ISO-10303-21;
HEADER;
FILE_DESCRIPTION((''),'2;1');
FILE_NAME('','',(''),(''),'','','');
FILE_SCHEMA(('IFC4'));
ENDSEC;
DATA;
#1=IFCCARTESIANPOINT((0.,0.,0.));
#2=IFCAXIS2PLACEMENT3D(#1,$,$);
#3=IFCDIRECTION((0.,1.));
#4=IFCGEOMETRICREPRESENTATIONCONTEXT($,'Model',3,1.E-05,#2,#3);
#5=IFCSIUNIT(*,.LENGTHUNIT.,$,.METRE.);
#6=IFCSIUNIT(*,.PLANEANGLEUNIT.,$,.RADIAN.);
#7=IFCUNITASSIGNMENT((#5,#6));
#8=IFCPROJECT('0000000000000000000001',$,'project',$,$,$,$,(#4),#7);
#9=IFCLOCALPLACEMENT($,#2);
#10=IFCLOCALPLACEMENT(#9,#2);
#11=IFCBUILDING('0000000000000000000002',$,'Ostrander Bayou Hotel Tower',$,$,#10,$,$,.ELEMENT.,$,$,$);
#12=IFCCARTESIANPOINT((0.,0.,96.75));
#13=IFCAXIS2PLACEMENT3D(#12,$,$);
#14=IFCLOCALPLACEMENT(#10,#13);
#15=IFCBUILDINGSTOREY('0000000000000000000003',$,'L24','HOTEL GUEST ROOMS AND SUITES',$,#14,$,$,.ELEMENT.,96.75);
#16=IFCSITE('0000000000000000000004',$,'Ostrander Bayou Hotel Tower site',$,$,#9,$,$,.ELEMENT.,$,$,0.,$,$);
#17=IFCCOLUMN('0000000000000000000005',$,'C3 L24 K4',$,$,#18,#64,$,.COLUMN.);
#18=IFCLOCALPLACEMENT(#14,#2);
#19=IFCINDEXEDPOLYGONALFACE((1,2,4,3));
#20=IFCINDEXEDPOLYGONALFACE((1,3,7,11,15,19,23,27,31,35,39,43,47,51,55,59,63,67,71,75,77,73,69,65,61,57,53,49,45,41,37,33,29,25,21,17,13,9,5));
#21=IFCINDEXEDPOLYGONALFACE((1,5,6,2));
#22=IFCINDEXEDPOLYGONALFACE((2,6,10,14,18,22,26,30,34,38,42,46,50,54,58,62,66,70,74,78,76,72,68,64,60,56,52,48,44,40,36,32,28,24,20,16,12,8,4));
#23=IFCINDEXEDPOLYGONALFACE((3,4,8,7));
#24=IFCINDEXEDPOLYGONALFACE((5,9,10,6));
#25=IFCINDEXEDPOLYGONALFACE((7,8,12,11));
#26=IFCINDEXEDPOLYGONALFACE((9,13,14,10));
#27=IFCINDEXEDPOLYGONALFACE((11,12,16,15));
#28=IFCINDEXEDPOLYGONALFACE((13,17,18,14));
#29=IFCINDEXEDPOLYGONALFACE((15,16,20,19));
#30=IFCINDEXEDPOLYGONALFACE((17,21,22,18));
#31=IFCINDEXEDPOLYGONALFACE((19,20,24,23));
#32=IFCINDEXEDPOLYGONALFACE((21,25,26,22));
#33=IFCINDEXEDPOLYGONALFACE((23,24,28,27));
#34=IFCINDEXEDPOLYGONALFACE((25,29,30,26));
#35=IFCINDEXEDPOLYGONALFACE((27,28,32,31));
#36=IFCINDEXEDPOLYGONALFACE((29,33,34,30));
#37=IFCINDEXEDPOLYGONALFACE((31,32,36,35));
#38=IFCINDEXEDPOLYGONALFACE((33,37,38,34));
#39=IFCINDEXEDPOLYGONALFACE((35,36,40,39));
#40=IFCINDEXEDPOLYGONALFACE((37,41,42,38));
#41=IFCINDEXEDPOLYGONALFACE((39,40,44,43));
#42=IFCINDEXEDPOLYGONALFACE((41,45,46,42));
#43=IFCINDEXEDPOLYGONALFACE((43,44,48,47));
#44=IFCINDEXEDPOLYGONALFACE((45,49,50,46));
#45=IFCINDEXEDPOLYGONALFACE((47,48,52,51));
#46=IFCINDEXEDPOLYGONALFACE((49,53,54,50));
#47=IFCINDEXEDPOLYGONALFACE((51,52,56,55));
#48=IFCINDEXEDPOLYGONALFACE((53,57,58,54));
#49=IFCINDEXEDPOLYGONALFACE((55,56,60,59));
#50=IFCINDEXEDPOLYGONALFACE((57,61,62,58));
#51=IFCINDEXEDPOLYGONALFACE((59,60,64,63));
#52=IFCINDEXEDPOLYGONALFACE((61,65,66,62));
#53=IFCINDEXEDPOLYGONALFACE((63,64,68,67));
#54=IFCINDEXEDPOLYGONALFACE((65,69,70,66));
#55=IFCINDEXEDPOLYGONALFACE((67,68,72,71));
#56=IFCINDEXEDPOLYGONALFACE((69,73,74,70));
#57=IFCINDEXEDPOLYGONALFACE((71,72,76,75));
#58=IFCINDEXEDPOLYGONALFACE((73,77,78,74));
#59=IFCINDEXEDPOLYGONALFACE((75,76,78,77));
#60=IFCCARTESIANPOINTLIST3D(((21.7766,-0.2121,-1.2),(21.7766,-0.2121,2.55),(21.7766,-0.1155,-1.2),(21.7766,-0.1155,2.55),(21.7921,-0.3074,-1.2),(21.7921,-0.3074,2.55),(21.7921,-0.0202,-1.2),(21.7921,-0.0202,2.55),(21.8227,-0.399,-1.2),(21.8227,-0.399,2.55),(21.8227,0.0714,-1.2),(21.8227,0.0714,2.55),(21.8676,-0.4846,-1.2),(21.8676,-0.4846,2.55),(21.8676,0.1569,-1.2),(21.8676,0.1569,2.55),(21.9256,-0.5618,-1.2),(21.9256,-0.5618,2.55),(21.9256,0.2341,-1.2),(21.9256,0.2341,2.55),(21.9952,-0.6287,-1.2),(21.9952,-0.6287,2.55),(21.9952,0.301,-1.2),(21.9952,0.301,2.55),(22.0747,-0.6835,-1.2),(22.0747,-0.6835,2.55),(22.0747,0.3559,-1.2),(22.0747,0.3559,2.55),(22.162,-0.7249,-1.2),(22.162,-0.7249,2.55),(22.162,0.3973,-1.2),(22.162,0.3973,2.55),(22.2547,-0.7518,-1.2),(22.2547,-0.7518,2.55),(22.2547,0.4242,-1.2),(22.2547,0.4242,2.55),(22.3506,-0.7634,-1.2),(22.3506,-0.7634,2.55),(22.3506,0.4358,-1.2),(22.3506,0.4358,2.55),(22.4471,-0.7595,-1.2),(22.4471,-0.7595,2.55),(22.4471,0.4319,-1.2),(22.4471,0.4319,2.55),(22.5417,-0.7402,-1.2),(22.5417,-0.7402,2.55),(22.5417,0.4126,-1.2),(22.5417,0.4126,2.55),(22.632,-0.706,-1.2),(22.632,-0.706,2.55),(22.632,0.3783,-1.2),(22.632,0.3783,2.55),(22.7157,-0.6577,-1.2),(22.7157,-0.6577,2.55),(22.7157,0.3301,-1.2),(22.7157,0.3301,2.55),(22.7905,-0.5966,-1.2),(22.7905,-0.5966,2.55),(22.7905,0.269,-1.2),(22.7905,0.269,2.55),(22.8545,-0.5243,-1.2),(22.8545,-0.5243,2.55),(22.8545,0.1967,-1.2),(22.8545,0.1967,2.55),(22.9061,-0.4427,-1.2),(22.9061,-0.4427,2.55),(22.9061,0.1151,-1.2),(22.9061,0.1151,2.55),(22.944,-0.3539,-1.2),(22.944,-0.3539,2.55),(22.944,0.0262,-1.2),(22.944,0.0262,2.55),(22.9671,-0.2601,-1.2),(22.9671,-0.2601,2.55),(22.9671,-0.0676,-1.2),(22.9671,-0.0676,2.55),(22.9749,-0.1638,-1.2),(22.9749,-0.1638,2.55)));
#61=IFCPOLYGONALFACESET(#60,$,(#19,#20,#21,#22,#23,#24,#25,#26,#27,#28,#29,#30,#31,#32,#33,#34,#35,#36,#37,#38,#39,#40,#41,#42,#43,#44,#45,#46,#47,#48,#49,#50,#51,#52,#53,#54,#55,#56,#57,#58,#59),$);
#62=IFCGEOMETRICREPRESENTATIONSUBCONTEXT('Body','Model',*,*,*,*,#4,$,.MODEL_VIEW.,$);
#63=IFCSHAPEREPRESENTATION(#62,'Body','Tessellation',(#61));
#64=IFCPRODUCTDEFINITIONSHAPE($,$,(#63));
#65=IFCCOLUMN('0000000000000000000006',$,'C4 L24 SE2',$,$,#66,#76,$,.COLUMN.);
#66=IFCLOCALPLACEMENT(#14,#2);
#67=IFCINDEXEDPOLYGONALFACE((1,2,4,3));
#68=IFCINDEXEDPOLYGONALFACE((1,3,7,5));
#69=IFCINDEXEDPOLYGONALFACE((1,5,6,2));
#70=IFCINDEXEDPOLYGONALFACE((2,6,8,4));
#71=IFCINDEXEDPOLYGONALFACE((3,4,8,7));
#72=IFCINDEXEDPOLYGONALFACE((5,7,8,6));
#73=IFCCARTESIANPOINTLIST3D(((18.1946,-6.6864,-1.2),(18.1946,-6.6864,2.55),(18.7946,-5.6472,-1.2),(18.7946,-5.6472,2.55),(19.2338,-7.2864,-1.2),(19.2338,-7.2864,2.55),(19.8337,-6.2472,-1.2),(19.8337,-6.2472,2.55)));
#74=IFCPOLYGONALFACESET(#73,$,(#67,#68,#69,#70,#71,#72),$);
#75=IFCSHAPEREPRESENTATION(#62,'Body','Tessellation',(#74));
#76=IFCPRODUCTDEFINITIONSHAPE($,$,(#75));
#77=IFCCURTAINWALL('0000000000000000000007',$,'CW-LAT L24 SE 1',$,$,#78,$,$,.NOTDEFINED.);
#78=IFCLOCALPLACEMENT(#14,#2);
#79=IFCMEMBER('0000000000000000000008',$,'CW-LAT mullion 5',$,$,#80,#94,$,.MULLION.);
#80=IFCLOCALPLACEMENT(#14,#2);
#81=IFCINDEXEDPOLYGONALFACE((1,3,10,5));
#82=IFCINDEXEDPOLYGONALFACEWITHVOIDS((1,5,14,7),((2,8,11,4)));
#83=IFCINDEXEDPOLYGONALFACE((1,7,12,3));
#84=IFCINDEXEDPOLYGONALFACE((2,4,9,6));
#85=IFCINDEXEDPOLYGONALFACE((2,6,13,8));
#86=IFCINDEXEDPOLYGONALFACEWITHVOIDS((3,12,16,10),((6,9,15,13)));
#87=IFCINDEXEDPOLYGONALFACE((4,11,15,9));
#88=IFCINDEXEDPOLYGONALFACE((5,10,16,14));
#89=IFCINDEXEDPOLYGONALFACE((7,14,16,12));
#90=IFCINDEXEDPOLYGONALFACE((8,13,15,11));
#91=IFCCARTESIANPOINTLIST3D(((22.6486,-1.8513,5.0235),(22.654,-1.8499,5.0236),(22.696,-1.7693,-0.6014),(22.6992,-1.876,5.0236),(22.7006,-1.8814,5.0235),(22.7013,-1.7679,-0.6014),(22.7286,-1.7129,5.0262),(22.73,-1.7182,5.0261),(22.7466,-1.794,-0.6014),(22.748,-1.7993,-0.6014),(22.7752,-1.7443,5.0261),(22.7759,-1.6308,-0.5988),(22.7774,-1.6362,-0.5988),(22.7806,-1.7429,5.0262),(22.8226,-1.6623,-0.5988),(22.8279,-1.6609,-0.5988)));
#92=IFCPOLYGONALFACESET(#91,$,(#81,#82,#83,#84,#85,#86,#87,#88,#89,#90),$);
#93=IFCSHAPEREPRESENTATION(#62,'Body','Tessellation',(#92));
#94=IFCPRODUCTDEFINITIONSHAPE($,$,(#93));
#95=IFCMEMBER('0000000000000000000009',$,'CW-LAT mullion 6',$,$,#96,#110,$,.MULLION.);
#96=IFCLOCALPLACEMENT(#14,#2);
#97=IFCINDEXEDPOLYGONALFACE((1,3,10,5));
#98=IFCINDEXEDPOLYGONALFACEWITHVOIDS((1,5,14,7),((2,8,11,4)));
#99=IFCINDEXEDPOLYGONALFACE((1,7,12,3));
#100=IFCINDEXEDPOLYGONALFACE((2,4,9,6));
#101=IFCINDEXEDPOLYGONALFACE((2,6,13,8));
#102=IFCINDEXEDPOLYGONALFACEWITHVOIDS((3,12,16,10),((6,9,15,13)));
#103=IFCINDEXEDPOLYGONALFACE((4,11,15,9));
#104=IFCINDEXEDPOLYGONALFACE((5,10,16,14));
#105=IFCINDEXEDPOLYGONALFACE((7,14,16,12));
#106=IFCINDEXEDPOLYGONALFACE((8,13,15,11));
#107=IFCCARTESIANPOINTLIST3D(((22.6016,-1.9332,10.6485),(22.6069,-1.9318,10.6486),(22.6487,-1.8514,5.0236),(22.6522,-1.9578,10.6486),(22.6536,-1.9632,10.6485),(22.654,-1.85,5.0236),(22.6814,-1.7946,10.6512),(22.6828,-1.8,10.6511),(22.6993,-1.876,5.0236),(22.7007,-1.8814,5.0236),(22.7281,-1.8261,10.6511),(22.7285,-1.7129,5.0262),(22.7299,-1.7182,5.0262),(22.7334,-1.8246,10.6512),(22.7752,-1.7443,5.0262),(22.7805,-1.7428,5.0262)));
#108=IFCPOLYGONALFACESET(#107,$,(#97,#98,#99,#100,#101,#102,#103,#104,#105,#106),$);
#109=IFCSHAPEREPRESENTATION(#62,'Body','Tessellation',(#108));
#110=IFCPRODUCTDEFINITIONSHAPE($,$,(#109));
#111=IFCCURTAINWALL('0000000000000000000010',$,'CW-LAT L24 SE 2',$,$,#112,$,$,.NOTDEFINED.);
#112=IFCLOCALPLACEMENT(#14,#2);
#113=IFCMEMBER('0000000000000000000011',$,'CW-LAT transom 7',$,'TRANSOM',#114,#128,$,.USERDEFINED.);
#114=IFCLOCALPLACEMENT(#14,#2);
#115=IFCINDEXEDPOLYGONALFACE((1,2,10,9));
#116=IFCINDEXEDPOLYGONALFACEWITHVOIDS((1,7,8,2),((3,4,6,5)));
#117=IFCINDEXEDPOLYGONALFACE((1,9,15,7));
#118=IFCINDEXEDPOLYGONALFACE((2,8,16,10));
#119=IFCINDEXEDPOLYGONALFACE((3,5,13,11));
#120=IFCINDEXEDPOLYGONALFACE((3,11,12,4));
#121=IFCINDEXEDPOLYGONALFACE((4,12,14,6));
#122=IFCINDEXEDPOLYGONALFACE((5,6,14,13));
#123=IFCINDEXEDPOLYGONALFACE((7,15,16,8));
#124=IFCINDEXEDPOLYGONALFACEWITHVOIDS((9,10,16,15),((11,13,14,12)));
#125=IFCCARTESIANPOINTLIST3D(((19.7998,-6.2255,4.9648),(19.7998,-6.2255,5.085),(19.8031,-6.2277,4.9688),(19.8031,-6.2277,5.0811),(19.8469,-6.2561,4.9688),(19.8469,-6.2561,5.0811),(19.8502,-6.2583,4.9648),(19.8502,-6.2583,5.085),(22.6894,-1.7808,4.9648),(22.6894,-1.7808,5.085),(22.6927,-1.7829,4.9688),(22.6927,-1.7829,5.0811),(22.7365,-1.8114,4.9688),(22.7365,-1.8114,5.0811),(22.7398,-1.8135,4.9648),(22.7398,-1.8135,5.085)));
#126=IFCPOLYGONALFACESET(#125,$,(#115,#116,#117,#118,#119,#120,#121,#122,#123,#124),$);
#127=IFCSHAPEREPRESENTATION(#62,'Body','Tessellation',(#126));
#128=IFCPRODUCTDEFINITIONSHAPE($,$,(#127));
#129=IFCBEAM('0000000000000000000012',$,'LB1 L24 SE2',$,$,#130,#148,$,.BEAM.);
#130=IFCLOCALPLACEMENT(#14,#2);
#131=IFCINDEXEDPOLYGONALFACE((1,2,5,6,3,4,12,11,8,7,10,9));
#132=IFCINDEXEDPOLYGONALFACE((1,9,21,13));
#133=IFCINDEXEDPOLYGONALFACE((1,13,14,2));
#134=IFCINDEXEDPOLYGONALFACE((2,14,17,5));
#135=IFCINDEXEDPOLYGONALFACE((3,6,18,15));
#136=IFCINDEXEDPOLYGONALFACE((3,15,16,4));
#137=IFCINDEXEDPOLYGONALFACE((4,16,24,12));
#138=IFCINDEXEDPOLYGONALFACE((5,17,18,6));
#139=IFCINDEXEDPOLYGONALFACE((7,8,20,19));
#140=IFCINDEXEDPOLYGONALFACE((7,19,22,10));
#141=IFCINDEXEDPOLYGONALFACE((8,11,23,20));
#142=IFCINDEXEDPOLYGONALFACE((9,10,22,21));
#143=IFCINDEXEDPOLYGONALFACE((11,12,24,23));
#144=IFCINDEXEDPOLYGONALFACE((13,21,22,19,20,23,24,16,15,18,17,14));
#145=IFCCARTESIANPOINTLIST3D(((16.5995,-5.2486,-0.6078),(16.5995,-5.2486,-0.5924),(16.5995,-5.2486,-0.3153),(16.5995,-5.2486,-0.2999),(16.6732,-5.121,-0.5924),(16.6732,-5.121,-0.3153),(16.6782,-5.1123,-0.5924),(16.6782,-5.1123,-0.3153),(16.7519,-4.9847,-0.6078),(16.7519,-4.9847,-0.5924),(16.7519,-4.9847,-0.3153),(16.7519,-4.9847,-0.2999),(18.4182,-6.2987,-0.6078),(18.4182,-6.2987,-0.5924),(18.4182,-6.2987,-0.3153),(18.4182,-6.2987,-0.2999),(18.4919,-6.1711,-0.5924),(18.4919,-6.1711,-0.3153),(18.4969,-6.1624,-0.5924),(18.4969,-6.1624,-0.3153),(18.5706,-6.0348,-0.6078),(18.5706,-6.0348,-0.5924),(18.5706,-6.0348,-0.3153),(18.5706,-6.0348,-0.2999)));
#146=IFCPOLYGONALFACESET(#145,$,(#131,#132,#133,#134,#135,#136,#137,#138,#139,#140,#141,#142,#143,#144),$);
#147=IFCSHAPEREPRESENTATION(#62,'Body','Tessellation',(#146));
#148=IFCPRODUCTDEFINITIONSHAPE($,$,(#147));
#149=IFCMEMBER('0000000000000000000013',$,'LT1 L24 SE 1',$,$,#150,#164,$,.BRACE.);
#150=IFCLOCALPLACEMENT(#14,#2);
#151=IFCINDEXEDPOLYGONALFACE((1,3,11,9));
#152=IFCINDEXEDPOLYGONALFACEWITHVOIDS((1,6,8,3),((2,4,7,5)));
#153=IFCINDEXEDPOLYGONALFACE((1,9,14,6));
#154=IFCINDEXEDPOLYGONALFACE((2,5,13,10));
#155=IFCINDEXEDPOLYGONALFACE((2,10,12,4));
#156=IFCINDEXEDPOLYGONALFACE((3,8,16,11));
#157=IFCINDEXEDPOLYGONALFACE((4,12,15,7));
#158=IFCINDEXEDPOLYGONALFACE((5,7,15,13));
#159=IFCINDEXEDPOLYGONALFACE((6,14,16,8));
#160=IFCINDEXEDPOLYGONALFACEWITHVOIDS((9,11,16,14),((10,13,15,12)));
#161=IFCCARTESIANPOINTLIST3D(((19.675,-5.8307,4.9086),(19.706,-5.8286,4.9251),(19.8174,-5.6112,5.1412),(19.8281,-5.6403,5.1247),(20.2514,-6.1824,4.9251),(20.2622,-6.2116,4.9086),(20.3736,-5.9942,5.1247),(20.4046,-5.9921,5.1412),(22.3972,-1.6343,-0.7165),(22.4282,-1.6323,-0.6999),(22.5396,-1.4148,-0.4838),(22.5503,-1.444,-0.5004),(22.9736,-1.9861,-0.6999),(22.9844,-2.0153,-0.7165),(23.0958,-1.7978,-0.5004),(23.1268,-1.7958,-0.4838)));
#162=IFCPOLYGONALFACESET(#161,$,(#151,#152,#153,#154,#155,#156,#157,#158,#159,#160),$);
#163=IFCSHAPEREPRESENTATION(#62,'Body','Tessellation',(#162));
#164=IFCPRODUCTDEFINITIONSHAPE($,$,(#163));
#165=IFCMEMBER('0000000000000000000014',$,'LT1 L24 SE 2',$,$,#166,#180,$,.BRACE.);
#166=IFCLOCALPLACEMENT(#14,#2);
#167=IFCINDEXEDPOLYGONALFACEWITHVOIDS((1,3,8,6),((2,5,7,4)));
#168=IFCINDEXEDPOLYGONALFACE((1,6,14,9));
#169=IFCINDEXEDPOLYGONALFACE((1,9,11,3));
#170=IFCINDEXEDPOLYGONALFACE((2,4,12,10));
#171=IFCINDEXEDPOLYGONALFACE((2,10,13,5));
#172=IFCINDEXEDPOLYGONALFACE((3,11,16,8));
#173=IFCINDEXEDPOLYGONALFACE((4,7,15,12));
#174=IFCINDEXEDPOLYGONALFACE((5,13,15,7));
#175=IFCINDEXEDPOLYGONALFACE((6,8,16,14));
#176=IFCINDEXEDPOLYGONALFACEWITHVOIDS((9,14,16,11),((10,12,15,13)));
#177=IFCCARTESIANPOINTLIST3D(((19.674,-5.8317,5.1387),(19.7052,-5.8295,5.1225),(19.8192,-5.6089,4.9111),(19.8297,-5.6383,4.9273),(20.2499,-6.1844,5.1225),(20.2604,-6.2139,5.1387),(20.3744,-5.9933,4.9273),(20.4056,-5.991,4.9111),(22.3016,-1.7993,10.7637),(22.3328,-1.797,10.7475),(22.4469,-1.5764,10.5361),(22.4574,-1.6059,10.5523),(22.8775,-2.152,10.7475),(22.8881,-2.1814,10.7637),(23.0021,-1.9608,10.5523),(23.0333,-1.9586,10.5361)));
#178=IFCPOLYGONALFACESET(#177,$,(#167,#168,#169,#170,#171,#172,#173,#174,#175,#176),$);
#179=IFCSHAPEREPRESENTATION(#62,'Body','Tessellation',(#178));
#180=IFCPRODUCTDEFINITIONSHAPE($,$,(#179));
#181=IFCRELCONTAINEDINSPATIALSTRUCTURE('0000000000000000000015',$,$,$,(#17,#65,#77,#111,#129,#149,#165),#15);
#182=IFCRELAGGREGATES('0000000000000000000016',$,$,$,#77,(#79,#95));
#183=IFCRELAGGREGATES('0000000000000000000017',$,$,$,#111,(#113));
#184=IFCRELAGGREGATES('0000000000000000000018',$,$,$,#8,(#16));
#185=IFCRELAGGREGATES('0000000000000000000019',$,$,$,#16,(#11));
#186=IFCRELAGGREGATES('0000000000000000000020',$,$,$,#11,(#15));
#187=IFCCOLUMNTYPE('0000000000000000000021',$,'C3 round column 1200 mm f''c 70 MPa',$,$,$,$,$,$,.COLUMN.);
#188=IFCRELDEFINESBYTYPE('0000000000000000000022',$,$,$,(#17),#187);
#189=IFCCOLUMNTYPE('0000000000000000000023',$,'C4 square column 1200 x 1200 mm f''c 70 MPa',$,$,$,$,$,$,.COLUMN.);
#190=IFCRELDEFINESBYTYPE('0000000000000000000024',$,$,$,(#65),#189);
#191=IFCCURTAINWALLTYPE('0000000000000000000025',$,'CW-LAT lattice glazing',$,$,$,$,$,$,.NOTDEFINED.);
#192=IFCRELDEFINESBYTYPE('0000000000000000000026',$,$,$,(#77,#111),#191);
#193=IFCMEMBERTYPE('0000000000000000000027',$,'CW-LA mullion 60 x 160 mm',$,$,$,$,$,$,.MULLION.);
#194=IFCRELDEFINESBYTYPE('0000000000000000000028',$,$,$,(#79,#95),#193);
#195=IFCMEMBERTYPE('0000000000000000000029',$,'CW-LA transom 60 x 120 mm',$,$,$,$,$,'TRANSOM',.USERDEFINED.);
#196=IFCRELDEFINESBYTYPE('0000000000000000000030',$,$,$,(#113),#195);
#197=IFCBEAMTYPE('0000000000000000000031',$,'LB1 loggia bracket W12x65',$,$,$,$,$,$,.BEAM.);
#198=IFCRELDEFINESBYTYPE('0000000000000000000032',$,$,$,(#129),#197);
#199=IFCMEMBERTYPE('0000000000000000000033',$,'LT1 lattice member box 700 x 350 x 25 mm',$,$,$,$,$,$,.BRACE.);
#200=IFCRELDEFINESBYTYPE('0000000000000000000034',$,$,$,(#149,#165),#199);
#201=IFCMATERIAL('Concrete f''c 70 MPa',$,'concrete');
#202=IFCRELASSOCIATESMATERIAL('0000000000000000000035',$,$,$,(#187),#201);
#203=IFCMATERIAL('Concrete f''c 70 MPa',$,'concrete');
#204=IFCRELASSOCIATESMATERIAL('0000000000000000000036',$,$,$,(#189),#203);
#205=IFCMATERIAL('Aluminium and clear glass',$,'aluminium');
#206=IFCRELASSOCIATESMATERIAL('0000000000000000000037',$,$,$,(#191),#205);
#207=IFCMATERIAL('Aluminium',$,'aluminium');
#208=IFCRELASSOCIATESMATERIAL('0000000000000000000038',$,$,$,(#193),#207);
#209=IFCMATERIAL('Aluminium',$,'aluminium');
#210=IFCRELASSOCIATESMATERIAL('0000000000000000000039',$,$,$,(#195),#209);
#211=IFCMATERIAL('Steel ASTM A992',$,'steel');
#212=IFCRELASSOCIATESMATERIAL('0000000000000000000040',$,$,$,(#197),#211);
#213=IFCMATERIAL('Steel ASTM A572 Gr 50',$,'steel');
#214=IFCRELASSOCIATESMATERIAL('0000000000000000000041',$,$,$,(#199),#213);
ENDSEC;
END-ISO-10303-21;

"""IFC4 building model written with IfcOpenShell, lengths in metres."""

from ifc_helpers import new_model, si_unit, direction, frame, origin, origin_2d, place, context, subcontext, project, spatial, rectangle, hollow_rectangle, circle, i_section, extrude, material, material_profile, profile_set, type_object, element, aggregate, save


model = new_model("IFC4")

# Units and contexts
model_context = context("Model", 3, precision=1e-05, world=origin(), true_north=direction((0.0, 1.0)))
body_context = subcontext(model_context, "Body", "Model", "MODEL_VIEW")
ifc_project = project(units=[si_unit("LENGTHUNIT", "METRE"), si_unit("PLANEANGLEUNIT", "RADIAN")], contexts=[model_context])

# Site, building, storey
site_placement = place(None, origin())
site = spatial("IfcSite", under=ifc_project, at=site_placement, Name="Ostrander Bayou Hotel Tower site", CompositionType="ELEMENT", RefElevation=0.0)
building_placement = place(site_placement, origin())
building = spatial("IfcBuilding", under=site, at=building_placement, Name="Ostrander Bayou Hotel Tower", CompositionType="ELEMENT")
storey_placement = place(building_placement, frame((0.0, 0.0, 96.75)))
storey = spatial("IfcBuildingStorey", under=building, at=storey_placement, Name="L24", Description="HOTEL GUEST ROOMS AND SUITES", CompositionType="ELEMENT", Elevation=96.75)

# Columns
ifc_material_1 = material(Name="Concrete f'c 70 MPa", Category="concrete")
ifc_material_profile_1 = material_profile(ifc_material_1, circle(Radius=0.6001, at=origin_2d()))
ifc_profile_set_1 = profile_set([ifc_material_profile_1], Name="Concrete f'c 70 MPa")
column_type_1 = type_object("IfcColumnType", Name="C3 round column 1200 mm f'c 70 MPa", PredefinedType="COLUMN", material=ifc_profile_set_1)
column_1_placement = place(storey_placement, frame((22.3748, -0.1638, -1.2), z_axis=(0.0, 0.0, 1.0), x_axis=(1.0, 0.0, 0.0)))
element("IfcColumn", 1, at=column_1_placement, inside=storey, type_object=column_type_1, Name="C3 L24 K4", PredefinedType="COLUMN", context=body_context, shape_type="SweptSolid", body=[
    extrude(circle(Radius=0.6001, at=origin_2d()), origin(), (0.0, 0.0, 1.0), 3.75),
])
ifc_material_2 = material(Name="Concrete f'c 70 MPa", Category="concrete")
ifc_material_profile_2 = material_profile(ifc_material_2, rectangle(XDim=1.2, YDim=1.2, at=origin_2d()))
ifc_profile_set_2 = profile_set([ifc_material_profile_2], Name="Concrete f'c 70 MPa")
column_type_2 = type_object("IfcColumnType", Name="C4 square column 1200 x 1200 mm f'c 70 MPa", PredefinedType="COLUMN", material=ifc_profile_set_2)
column_2_placement = place(storey_placement, frame((19.0142, -6.4668, -1.2), z_axis=(0.0, 0.0, 1.0), x_axis=(-0.5, -0.866025, 0.0)))
element("IfcColumn", 2, at=column_2_placement, inside=storey, type_object=column_type_2, Name="C4 L24 SE2", PredefinedType="COLUMN", context=body_context, shape_type="SweptSolid", body=[
    extrude(rectangle(XDim=1.2, YDim=1.2, at=origin_2d()), origin(), (0.0, 0.0, 1.0), 3.75),
])

# Curtain wall, members
ifc_material_3 = material(Name="Aluminium and clear glass", Category="aluminium")
curtain_wall_type = type_object("IfcCurtainWallType", Name="CW-LAT lattice glazing", PredefinedType="NOTDEFINED", material=ifc_material_3)
curtain_wall_1_placement = place(storey_placement, origin())
curtain_wall_1 = element("IfcCurtainWall", 3, at=curtain_wall_1_placement, inside=storey, type_object=curtain_wall_type, Name="CW-LAT L24 SE 1", PredefinedType="NOTDEFINED")
ifc_material_4 = material(Name="Aluminium", Category="aluminium")
ifc_material_profile_3 = material_profile(ifc_material_4, hollow_rectangle(XDim=0.0601, YDim=0.1599, WallThickness=0.0039, at=origin_2d()))
ifc_profile_set_3 = profile_set([ifc_material_profile_3], Name="Aluminium")
member_type_1 = type_object("IfcMemberType", Name="CW-LA mullion 60 x 160 mm", PredefinedType="MULLION", material=ifc_profile_set_3)
member_1_placement = place(storey_placement, frame((22.762, -1.7151, -0.6001), z_axis=(-0.008419, -0.014581, 0.999858), x_axis=(0.866014, -0.50002, 0.0)))
member_1 = element("IfcMember", 4, at=member_1_placement, type_object=member_type_1, Name="CW-LAT mullion 5", PredefinedType="MULLION", context=body_context, shape_type="SweptSolid", body=[
    extrude(hollow_rectangle(XDim=0.0601, YDim=0.1599, WallThickness=0.0039, at=origin_2d()), origin(), (0.0, 0.0, 1.0), 5.6257),
])
member_2_placement = place(storey_placement, frame((22.7146, -1.7971, 5.0249), z_axis=(-0.008376, -0.014538, 0.999859), x_axis=(0.866487, -0.4992, 0.0)))
member_2 = element("IfcMember", 5, at=member_2_placement, type_object=member_type_1, Name="CW-LAT mullion 6", PredefinedType="MULLION", context=body_context, shape_type="SweptSolid", body=[
    extrude(hollow_rectangle(XDim=0.0601, YDim=0.1599, WallThickness=0.0039, at=origin_2d()), origin(), (0.0, 0.0, 1.0), 5.6257),
])

# Curtain wall, member
curtain_wall_2_placement = place(storey_placement, origin())
curtain_wall_2 = element("IfcCurtainWall", 6, at=curtain_wall_2_placement, inside=storey, type_object=curtain_wall_type, Name="CW-LAT L24 SE 2", PredefinedType="NOTDEFINED")
ifc_material_5 = material(Name="Aluminium", Category="aluminium")
ifc_material_profile_4 = material_profile(ifc_material_5, hollow_rectangle(XDim=0.0601, YDim=0.1201, WallThickness=0.0039, at=origin_2d()))
ifc_profile_set_4 = profile_set([ifc_material_profile_4], Name="Aluminium")
member_type_2 = type_object("IfcMemberType", Name="CW-LA transom 60 x 120 mm", ElementType="TRANSOM", PredefinedType="USERDEFINED", material=ifc_profile_set_4)
member_3_placement = place(storey_placement, frame((22.7146, -1.7971, 5.0249), z_axis=(-0.545056, -0.838399, 0.0), x_axis=(0.838399, -0.545056, 0.0)))
member_3 = element("IfcMember", 7, at=member_3_placement, type_object=member_type_2, Name="CW-LAT transom 7", ObjectType="TRANSOM", PredefinedType="USERDEFINED", context=body_context, shape_type="SweptSolid", body=[
    extrude(hollow_rectangle(XDim=0.0601, YDim=0.1201, WallThickness=0.0039, at=origin_2d()), origin(), (0.0, 0.0, 1.0), 5.3015),
])

# Beam
ifc_material_6 = material(Name="Steel ASTM A992", Category="steel")
ifc_material_profile_5 = material_profile(ifc_material_6, i_section(OverallWidth=0.3047, OverallDepth=0.3079, WebThickness=0.01, FlangeThickness=0.0154, at=origin_2d()))
ifc_profile_set_5 = profile_set([ifc_material_profile_5], Name="Steel ASTM A992")
beam_type_1 = type_object("IfcBeamType", Name="LB1 loggia bracket W12x65", PredefinedType="BEAM", material=ifc_profile_set_5)
beam_1_placement = place(storey_placement, frame((18.4944, -6.1667, -0.4539), z_axis=(-0.866009, 0.500028, 0.0), x_axis=(-0.500028, -0.866009, 0.0)))
element("IfcBeam", 8, at=beam_1_placement, inside=storey, type_object=beam_type_1, Name="LB1 L24 SE2", PredefinedType="BEAM", context=body_context, shape_type="SweptSolid", body=[
    extrude(i_section(OverallWidth=0.3047, OverallDepth=0.3079, WebThickness=0.01, FlangeThickness=0.0154, at=origin_2d()), origin(), (0.0, 0.0, 1.0), 2.1001),
])

# Members
ifc_material_7 = material(Name="Steel ASTM A572 Gr 50", Category="steel")
ifc_material_profile_6 = material_profile(ifc_material_7, hollow_rectangle(XDim=0.7, YDim=0.3501, WallThickness=0.0249, at=origin_2d()))
ifc_profile_set_6 = profile_set([ifc_material_profile_6], Name="Steel ASTM A572 Gr 50")
member_type_3 = type_object("IfcMemberType", Name="LT1 lattice member box 700 x 350 x 25 mm", PredefinedType="BRACE", material=ifc_profile_set_6)
member_4_placement = place(storey_placement, frame((20.0398, -5.9114, 5.0249), z_axis=(0.361641, 0.557479, -0.747284), x_axis=(-0.838938, 0.544226, 0.0)))
element("IfcMember", 9, at=member_4_placement, inside=storey, type_object=member_type_3, Name="LT1 L24 SE 1", PredefinedType="BRACE", context=body_context, shape_type="SweptSolid", body=[
    extrude(hollow_rectangle(XDim=0.7, YDim=0.3501, WallThickness=0.0249, at=origin_2d()), origin(), (0.0, 0.0, 1.0), 7.5273),
])
member_5_placement = place(storey_placement, frame((20.0398, -5.9114, 5.0249), z_axis=(0.354943, 0.544699, 0.759815), x_axis=(-0.837818, 0.545949, 0.0)))
element("IfcMember", 10, at=member_5_placement, inside=storey, type_object=member_type_3, Name="LT1 L24 SE 2", PredefinedType="BRACE", context=body_context, shape_type="SweptSolid", body=[
    extrude(hollow_rectangle(XDim=0.7, YDim=0.3501, WallThickness=0.0249, at=origin_2d()), origin(), (0.0, 0.0, 1.0), 7.4031),
])

aggregate(curtain_wall_1, [member_1, member_2])
aggregate(curtain_wall_2, [member_3])

save(model, "model.ifc")
